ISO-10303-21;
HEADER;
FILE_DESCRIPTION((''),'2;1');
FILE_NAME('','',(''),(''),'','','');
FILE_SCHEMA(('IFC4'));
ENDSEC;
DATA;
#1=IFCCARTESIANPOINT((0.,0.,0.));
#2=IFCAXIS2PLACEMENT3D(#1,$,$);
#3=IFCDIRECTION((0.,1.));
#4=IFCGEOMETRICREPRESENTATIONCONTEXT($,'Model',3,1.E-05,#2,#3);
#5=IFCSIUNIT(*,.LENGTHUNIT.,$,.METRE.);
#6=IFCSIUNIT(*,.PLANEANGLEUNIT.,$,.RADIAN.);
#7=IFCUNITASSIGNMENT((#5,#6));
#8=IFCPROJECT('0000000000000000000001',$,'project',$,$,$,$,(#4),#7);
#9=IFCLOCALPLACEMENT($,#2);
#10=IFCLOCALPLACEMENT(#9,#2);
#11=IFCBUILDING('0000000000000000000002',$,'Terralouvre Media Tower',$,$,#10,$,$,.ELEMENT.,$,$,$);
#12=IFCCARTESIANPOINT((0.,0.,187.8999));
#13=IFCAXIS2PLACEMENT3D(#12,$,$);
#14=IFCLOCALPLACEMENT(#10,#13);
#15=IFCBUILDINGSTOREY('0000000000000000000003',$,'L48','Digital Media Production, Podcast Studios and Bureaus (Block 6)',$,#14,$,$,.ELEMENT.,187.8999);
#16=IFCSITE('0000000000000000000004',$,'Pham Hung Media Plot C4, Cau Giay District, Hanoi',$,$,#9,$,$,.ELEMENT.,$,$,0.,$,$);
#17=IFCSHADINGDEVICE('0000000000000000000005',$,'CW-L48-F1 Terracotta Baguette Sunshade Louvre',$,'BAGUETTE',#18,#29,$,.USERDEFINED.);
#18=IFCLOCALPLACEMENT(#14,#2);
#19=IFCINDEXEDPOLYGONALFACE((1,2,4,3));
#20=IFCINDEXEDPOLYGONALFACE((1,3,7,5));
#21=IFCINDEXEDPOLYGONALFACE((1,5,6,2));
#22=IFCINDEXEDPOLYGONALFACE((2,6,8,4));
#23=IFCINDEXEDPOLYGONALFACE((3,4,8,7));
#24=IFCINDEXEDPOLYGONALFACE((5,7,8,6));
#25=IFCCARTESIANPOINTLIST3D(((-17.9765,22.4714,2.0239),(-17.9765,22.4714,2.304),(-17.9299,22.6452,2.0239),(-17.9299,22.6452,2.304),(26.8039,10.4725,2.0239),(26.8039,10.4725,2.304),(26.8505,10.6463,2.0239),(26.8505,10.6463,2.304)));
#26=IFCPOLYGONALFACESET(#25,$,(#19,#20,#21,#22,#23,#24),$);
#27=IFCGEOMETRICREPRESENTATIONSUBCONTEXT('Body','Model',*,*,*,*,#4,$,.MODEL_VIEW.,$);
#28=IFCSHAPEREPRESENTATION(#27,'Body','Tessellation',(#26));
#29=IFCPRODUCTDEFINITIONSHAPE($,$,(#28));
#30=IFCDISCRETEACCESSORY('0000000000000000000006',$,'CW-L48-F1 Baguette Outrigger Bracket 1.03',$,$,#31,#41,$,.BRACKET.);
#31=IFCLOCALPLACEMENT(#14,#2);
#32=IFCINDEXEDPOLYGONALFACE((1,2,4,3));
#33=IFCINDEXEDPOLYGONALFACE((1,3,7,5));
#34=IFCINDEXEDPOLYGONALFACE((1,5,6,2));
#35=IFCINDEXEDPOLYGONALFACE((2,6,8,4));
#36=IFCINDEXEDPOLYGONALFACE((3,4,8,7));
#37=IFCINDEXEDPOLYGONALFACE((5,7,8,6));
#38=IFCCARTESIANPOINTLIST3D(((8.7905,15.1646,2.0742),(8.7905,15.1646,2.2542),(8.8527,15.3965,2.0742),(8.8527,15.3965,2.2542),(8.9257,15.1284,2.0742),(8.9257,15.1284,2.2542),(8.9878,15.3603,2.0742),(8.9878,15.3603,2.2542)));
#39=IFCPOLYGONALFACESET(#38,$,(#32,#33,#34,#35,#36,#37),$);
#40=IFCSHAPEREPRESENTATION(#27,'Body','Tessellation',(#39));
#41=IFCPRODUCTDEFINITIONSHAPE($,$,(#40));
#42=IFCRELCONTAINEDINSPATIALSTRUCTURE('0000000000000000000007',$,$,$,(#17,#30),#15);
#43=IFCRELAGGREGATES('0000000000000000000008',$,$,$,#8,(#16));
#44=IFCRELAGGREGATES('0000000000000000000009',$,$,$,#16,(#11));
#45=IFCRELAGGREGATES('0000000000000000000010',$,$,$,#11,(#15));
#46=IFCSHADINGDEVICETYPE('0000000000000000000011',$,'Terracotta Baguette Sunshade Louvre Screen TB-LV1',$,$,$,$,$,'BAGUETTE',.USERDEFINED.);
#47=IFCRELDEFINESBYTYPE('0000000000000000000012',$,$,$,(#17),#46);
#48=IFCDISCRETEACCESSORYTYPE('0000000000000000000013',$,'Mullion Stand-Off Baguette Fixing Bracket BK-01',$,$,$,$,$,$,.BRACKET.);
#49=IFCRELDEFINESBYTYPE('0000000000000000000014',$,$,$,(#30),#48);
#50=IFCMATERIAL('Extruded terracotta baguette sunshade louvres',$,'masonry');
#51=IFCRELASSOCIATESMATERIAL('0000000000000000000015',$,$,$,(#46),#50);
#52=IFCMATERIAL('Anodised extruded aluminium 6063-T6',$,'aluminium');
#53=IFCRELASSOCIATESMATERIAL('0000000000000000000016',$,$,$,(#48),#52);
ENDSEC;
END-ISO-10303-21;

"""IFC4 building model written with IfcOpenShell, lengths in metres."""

from ifc_helpers import new_model, si_unit, direction, frame, origin, origin_2d, place, context, subcontext, project, spatial, rectangle, extrude, material, type_object, element, save


model = new_model("IFC4")

# Units and contexts
model_context = context("Model", 3, precision=1e-05, world=origin(), true_north=direction((0.0, 1.0)))
body_context = subcontext(model_context, "Body", "Model", "MODEL_VIEW")
ifc_project = project(units=[si_unit("LENGTHUNIT", "METRE"), si_unit("PLANEANGLEUNIT", "RADIAN")], contexts=[model_context])

# Site, building, storey
site_placement = place(None, origin())
site = spatial("IfcSite", under=ifc_project, at=site_placement, Name="Pham Hung Media Plot C4, Cau Giay District, Hanoi", CompositionType="ELEMENT", RefElevation=0.0)
building_placement = place(site_placement, origin())
building = spatial("IfcBuilding", under=site, at=building_placement, Name="Terralouvre Media Tower", CompositionType="ELEMENT")
storey_placement = place(building_placement, frame((0.0, 0.0, 187.8999)))
storey = spatial("IfcBuildingStorey", under=building, at=storey_placement, Name="L48", Description="Digital Media Production, Podcast Studios and Bureaus (Block 6)", CompositionType="ELEMENT", Elevation=187.8999)

# Shading device
ifc_material_1 = material(Name="Extruded terracotta baguette sunshade louvres", Category="masonry")
shading_device_type = type_object("IfcShadingDeviceType", Name="Terracotta Baguette Sunshade Louvre Screen TB-LV1", ElementType="BAGUETTE", PredefinedType="USERDEFINED", material=ifc_material_1)
shading_device_placement = place(storey_placement, frame((4.437, 16.5588, 2.0239), z_axis=(0.0, 0.0, 1.0), x_axis=(-0.965926, 0.258819, 0.0)))
element("IfcShadingDevice", 1, at=shading_device_placement, inside=storey, type_object=shading_device_type, Name="CW-L48-F1 Terracotta Baguette Sunshade Louvre", ObjectType="BAGUETTE", PredefinedType="USERDEFINED", context=body_context, shape_type="SweptSolid", body=[
    extrude(rectangle(XDim=46.3601, YDim=0.1799, at=origin_2d()), origin(), (0.0, 0.0, 1.0), 0.28),
])

# Discrete accessory
ifc_material_2 = material(Name="Anodised extruded aluminium 6063-T6", Category="aluminium")
discrete_accessory_type = type_object("IfcDiscreteAccessoryType", Name="Mullion Stand-Off Baguette Fixing Bracket BK-01", PredefinedType="BRACKET", material=ifc_material_2)
discrete_accessory_placement = place(storey_placement, frame((8.8892, 15.2625, 2.0742), z_axis=(0.0, 0.0, 1.0), x_axis=(-0.965926, 0.258819, 0.0)))
element("IfcDiscreteAccessory", 2, at=discrete_accessory_placement, inside=storey, type_object=discrete_accessory_type, Name="CW-L48-F1 Baguette Outrigger Bracket 1.03", PredefinedType="BRACKET", context=body_context, shape_type="SweptSolid", body=[
    extrude(rectangle(XDim=0.1399, YDim=0.24, at=origin_2d()), origin(), (0.0, 0.0, 1.0), 0.1799),
])

save(model, "model.ifc")
